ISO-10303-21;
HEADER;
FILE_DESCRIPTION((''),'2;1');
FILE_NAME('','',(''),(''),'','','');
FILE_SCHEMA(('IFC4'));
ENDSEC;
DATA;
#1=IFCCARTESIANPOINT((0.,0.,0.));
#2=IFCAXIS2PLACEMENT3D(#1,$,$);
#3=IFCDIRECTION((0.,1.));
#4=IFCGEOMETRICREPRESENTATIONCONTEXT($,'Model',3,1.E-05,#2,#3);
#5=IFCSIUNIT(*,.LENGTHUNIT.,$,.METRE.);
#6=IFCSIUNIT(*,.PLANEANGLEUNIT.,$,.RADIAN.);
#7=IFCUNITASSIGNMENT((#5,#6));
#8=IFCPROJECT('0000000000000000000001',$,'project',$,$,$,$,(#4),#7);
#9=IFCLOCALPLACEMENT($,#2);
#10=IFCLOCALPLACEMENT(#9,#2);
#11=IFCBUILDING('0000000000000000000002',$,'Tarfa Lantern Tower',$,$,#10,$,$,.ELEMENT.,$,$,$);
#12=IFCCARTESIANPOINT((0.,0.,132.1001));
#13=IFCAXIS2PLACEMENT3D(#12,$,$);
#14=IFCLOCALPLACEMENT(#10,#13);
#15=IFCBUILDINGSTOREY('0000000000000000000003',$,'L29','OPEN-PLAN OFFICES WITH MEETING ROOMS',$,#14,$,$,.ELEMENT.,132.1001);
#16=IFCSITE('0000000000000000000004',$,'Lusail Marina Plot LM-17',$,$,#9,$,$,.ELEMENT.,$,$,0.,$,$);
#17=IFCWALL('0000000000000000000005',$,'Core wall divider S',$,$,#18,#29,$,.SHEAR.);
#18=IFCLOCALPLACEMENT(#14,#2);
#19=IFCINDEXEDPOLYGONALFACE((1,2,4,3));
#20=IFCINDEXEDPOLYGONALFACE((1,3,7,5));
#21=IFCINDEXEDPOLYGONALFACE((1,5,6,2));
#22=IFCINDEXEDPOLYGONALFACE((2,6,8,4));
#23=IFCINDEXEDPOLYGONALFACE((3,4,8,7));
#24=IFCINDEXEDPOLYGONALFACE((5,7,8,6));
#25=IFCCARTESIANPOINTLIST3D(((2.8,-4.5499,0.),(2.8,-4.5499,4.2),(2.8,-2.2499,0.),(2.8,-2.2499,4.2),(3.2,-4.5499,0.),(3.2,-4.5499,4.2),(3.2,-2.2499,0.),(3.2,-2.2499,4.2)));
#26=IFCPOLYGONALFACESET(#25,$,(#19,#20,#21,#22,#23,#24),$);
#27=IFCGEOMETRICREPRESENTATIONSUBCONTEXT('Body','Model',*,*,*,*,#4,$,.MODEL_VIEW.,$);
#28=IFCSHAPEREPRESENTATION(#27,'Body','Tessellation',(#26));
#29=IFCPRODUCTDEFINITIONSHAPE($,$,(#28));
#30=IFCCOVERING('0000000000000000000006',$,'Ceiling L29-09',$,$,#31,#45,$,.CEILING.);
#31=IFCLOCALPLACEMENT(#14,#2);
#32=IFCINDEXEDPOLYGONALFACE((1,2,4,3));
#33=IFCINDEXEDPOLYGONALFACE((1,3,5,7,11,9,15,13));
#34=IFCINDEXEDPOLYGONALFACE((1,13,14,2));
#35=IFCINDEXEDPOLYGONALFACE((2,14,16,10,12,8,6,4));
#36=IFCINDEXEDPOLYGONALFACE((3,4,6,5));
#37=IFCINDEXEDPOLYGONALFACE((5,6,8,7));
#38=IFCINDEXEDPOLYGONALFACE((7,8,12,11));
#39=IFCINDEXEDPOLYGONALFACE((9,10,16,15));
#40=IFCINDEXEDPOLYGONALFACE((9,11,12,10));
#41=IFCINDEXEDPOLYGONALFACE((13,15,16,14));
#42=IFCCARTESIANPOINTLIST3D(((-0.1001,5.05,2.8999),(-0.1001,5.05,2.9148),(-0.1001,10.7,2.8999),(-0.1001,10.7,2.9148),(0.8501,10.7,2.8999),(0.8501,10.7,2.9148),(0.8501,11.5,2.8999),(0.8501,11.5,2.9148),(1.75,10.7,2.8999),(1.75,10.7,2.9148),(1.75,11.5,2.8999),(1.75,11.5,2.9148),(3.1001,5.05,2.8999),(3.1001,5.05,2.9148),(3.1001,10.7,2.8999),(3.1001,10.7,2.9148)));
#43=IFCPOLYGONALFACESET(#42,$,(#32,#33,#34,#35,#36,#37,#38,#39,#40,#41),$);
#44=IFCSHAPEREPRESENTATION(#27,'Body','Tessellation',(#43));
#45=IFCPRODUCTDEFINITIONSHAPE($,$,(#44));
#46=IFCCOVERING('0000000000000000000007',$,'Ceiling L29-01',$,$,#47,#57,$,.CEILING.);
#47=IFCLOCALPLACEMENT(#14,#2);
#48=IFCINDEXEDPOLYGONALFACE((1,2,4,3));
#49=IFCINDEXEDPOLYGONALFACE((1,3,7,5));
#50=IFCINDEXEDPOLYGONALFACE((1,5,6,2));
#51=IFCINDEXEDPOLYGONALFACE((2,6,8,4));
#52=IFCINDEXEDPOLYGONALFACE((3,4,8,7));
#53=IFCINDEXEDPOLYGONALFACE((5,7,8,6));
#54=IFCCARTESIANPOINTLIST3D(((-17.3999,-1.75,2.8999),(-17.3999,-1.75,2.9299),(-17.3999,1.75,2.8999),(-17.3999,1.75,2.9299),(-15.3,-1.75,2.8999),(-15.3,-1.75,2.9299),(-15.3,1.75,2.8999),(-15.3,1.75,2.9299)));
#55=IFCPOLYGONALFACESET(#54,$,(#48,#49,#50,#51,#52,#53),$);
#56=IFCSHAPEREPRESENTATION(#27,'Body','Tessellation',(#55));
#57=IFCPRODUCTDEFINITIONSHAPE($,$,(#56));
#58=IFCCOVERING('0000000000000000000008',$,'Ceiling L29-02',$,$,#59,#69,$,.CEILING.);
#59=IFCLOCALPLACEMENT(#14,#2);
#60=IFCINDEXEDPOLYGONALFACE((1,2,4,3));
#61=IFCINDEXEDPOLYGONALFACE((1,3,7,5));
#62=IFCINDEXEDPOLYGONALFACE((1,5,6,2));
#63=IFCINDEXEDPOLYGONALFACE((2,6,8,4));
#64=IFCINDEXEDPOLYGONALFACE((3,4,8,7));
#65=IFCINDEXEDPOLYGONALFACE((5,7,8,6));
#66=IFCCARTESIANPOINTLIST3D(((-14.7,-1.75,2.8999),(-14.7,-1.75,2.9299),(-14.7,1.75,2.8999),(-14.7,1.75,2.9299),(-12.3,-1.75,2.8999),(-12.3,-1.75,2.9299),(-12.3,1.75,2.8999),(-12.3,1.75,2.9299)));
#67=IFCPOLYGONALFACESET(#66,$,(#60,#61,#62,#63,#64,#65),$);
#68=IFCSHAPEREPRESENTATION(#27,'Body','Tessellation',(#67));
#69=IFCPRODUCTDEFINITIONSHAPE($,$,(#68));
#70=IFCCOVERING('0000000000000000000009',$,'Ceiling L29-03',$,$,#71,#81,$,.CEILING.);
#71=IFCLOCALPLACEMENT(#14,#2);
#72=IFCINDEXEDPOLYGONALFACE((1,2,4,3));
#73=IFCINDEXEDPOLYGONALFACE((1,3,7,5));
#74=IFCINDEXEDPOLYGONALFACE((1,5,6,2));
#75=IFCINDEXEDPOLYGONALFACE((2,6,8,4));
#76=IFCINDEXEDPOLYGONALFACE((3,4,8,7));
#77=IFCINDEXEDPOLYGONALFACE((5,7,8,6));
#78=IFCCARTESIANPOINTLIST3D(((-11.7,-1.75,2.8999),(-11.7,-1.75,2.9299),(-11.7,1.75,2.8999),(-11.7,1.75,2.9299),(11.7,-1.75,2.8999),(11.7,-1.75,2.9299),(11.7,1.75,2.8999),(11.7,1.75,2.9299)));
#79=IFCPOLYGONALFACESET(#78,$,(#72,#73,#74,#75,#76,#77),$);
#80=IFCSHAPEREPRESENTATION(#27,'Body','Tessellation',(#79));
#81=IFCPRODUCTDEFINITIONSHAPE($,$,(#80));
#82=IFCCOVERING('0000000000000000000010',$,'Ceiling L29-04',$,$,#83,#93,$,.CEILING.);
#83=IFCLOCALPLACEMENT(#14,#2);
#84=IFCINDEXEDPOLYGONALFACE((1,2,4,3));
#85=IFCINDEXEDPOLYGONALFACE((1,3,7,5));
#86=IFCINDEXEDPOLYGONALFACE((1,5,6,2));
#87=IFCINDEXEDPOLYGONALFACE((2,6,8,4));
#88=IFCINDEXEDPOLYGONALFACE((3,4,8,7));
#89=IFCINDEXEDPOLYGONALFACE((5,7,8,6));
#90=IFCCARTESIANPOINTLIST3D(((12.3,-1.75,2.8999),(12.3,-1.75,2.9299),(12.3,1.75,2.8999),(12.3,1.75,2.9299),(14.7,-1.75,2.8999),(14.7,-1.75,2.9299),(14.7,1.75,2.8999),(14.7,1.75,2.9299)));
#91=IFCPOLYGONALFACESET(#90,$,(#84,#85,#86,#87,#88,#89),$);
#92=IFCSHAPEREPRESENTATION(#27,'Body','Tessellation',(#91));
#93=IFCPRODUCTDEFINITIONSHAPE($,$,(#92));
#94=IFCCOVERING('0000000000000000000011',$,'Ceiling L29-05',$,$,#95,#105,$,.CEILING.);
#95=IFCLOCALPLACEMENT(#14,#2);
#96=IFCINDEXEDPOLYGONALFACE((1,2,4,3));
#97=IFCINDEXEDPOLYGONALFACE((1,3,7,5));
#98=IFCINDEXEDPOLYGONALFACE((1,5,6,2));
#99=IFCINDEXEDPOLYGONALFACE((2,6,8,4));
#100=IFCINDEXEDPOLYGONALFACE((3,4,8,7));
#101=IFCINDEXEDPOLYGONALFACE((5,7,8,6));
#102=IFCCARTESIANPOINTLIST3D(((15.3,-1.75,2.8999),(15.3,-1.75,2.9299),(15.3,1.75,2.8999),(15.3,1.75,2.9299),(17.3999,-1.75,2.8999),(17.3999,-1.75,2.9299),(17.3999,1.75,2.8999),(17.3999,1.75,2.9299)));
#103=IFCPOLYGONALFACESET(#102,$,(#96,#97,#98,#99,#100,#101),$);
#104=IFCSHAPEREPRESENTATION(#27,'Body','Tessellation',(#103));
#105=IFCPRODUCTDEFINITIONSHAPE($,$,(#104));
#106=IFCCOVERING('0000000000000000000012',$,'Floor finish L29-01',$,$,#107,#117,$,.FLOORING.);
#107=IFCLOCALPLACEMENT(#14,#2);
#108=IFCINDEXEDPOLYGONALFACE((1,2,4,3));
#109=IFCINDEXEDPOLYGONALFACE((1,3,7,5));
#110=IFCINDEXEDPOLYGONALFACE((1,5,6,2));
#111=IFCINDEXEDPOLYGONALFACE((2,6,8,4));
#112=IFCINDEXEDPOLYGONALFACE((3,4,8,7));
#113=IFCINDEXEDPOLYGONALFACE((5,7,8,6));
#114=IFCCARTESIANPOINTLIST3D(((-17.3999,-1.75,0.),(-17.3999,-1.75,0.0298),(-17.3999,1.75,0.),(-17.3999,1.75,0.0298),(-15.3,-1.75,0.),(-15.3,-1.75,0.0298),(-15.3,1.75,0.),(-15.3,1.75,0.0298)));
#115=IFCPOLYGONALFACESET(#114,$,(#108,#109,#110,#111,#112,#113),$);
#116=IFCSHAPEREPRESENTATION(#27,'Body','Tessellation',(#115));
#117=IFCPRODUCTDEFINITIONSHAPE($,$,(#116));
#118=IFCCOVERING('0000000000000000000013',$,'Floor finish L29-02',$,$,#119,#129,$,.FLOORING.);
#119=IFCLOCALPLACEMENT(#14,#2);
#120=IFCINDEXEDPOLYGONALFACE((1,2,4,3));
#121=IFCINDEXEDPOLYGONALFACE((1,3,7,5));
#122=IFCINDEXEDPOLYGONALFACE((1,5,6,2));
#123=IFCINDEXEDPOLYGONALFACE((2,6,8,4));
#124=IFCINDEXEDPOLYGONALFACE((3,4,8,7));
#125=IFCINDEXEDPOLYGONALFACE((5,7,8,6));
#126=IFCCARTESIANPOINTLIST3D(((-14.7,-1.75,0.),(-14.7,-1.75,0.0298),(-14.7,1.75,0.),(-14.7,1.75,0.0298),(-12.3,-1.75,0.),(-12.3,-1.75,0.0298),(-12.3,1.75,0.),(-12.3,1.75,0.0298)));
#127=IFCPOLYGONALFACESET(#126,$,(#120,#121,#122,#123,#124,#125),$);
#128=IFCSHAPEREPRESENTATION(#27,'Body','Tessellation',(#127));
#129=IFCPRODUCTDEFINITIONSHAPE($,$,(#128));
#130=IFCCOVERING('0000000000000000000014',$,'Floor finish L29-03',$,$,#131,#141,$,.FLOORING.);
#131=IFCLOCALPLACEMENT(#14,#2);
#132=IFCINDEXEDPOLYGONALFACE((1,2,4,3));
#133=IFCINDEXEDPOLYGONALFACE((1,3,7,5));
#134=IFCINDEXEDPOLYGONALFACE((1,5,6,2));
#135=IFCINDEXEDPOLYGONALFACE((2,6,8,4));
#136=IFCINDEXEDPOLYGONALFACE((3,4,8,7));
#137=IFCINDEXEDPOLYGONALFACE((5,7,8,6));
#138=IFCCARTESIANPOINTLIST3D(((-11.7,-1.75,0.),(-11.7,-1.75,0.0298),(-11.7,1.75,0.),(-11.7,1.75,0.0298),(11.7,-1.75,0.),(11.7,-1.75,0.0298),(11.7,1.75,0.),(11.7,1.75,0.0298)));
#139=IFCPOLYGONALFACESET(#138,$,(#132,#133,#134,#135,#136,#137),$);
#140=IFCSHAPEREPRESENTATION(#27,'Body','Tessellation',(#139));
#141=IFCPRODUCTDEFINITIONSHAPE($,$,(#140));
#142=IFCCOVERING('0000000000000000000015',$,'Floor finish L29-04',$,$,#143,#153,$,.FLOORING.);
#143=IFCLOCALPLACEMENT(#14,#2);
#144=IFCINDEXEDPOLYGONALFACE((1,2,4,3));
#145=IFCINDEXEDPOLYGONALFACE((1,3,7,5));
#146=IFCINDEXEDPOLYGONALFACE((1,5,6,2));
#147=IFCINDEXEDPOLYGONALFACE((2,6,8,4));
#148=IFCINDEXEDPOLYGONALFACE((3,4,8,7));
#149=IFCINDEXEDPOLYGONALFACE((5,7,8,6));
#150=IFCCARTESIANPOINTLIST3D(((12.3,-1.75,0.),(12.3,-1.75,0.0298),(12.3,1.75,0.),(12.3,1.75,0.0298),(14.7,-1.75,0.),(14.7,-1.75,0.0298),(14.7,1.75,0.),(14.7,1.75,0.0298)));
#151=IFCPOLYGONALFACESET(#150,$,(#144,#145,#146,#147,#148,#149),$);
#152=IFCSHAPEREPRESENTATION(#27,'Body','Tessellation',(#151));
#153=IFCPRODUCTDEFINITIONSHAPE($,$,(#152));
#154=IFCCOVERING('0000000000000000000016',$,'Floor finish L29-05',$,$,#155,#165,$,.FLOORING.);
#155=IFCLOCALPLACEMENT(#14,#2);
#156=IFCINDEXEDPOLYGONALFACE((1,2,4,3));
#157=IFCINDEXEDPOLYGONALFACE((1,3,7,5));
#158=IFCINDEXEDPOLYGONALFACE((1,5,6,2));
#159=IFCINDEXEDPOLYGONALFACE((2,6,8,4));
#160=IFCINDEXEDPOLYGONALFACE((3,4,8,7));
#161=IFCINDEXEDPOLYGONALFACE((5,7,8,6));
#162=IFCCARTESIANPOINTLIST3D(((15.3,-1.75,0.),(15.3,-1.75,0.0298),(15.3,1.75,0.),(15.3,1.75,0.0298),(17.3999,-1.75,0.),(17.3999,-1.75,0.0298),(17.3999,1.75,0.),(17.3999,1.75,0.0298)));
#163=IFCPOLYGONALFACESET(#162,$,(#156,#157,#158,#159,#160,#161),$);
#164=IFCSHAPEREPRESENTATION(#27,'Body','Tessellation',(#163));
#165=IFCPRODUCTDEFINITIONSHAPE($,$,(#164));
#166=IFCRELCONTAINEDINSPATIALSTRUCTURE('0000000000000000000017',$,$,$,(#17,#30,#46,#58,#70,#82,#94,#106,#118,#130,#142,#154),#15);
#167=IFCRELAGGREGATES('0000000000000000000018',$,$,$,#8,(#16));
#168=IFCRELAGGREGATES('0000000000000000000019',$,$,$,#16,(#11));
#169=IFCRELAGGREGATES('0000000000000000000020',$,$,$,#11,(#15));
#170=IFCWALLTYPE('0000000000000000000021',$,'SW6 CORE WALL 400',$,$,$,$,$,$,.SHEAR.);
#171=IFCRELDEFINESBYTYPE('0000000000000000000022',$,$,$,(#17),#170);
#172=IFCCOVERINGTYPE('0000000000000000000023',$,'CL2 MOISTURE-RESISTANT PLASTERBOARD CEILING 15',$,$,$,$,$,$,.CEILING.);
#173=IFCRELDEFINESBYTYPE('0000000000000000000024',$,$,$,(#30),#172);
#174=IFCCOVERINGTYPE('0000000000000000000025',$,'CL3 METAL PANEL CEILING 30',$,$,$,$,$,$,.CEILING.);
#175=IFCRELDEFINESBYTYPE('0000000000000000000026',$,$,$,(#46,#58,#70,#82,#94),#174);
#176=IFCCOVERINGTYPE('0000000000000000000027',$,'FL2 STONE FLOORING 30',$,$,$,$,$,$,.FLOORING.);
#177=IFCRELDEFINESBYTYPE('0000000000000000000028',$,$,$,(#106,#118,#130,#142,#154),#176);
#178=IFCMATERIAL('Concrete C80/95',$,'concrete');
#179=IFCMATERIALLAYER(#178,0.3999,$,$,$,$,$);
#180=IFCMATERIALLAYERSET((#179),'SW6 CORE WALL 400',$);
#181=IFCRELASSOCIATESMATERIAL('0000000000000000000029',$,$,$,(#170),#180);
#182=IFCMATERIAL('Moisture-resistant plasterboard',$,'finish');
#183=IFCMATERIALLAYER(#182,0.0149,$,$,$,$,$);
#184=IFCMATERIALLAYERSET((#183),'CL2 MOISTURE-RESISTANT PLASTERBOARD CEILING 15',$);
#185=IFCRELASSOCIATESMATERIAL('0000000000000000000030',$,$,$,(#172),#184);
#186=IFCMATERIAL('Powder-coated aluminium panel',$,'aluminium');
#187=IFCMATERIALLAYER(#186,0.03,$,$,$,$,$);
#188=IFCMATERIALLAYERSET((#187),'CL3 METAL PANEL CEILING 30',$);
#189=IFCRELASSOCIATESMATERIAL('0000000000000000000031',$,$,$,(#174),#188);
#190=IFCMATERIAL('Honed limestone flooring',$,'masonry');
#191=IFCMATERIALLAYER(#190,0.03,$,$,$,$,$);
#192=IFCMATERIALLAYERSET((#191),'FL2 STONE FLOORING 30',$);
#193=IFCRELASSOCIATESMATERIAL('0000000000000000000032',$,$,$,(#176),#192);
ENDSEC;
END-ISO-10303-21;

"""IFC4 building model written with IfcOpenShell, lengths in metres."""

from ifc_helpers import new_model, si_unit, direction, frame, frame_2d, origin, place, context, subcontext, project, spatial, polyline, rectangle, outline, extrude, material, layer, layer_set, type_object, element, save


model = new_model("IFC4")

# Units and contexts
model_context = context("Model", 3, precision=1e-05, world=origin(), true_north=direction((0.0, 1.0)))
body_context = subcontext(model_context, "Body", "Model", "MODEL_VIEW")
ifc_project = project(units=[si_unit("LENGTHUNIT", "METRE"), si_unit("PLANEANGLEUNIT", "RADIAN")], contexts=[model_context])

# Site, building, storey
site_placement = place(None, origin())
site = spatial("IfcSite", under=ifc_project, at=site_placement, Name="Lusail Marina Plot LM-17", CompositionType="ELEMENT", RefElevation=0.0)
building_placement = place(site_placement, origin())
building = spatial("IfcBuilding", under=site, at=building_placement, Name="Tarfa Lantern Tower", CompositionType="ELEMENT")
storey_placement = place(building_placement, frame((0.0, 0.0, 132.1001)))
storey = spatial("IfcBuildingStorey", under=building, at=storey_placement, Name="L29", Description="OPEN-PLAN OFFICES WITH MEETING ROOMS", CompositionType="ELEMENT", Elevation=132.1001)

# Shared definitions
ifc_material_1 = material(Name="Concrete C80/95", Category="concrete")

# Wall
ifc_layer_1 = layer(ifc_material_1, 0.3999)
ifc_layer_set_1 = layer_set([ifc_layer_1], Name="SW6 CORE WALL 400")
wall_type_1 = type_object("IfcWallType", Name="SW6 CORE WALL 400", PredefinedType="SHEAR", material=ifc_layer_set_1)
for number, where, z_axis, x_axis, name in (
    (1, (3.0, -2.25, 0.0), (0.0, 0.0, 1.0), (0.0, -1.0, 0.0), "Core wall divider S"),
):
    element("IfcWall", number, at=place(storey_placement, frame(where, z_axis=z_axis, x_axis=x_axis)), inside=storey, type_object=wall_type_1, Name=name, PredefinedType="SHEAR", context=body_context, shape_type="SweptSolid", body=[
        extrude(rectangle(XDim=2.3, YDim=0.3999, at=frame_2d((1.1499, 0.0))), origin(), (0.0, 0.0, 1.0), 4.2),
    ])

# Coverings
ifc_material_2 = material(Name="Moisture-resistant plasterboard", Category="finish")
ifc_layer_2 = layer(ifc_material_2, 0.0149)
ifc_layer_set_2 = layer_set([ifc_layer_2], Name="CL2 MOISTURE-RESISTANT PLASTERBOARD CEILING 15")
covering_type_1 = type_object("IfcCoveringType", Name="CL2 MOISTURE-RESISTANT PLASTERBOARD CEILING 15", PredefinedType="CEILING", material=ifc_layer_set_2)
covering_1_placement = place(storey_placement, frame((0.0, 0.0, 2.8999)))
element("IfcCovering", 2, at=covering_1_placement, inside=storey, type_object=covering_type_1, Name="Ceiling L29-09", PredefinedType="CEILING", context=body_context, shape_type="SweptSolid", body=[
    extrude(outline(polyline([(0.8501, 10.7), (-0.1001, 10.7), (-0.1001, 5.05), (3.1001, 5.05), (3.1001, 10.7), (1.75, 10.7), (1.75, 11.5), (0.8501, 11.5), (0.8501, 10.7)])), origin(), (0.0, 0.0, 1.0), 0.0149),
])
ifc_material_3 = material(Name="Powder-coated aluminium panel", Category="aluminium")
ifc_layer_3 = layer(ifc_material_3, 0.03)
ifc_layer_set_3 = layer_set([ifc_layer_3], Name="CL3 METAL PANEL CEILING 30")
covering_type_2 = type_object("IfcCoveringType", Name="CL3 METAL PANEL CEILING 30", PredefinedType="CEILING", material=ifc_layer_set_3)
covering_2_placement = place(storey_placement, frame((0.0, 0.0, 2.8999)))
element("IfcCovering", 3, at=covering_2_placement, inside=storey, type_object=covering_type_2, Name="Ceiling L29-01", PredefinedType="CEILING", context=body_context, shape_type="SweptSolid", body=[
    extrude(outline(polyline([(-17.3999, -1.75), (-15.3, -1.75), (-15.3, 1.75), (-17.3999, 1.75), (-17.3999, -1.75)])), origin(), (0.0, 0.0, 1.0), 0.03),
])
covering_3_placement = place(storey_placement, frame((0.0, 0.0, 2.8999)))
element("IfcCovering", 4, at=covering_3_placement, inside=storey, type_object=covering_type_2, Name="Ceiling L29-02", PredefinedType="CEILING", context=body_context, shape_type="SweptSolid", body=[
    extrude(outline(polyline([(-14.7, -1.75), (-12.3, -1.75), (-12.3, 1.75), (-14.7, 1.75), (-14.7, -1.75)])), origin(), (0.0, 0.0, 1.0), 0.03),
])
covering_4_placement = place(storey_placement, frame((0.0, 0.0, 2.8999)))
element("IfcCovering", 5, at=covering_4_placement, inside=storey, type_object=covering_type_2, Name="Ceiling L29-03", PredefinedType="CEILING", context=body_context, shape_type="SweptSolid", body=[
    extrude(outline(polyline([(-11.7, -1.75), (11.7, -1.75), (11.7, 1.75), (-11.7, 1.75), (-11.7, -1.75)])), origin(), (0.0, 0.0, 1.0), 0.03),
])
covering_5_placement = place(storey_placement, frame((0.0, 0.0, 2.8999)))
element("IfcCovering", 6, at=covering_5_placement, inside=storey, type_object=covering_type_2, Name="Ceiling L29-04", PredefinedType="CEILING", context=body_context, shape_type="SweptSolid", body=[
    extrude(outline(polyline([(12.3, -1.75), (14.7, -1.75), (14.7, 1.75), (12.3, 1.75), (12.3, -1.75)])), origin(), (0.0, 0.0, 1.0), 0.03),
])
covering_6_placement = place(storey_placement, frame((0.0, 0.0, 2.8999)))
element("IfcCovering", 7, at=covering_6_placement, inside=storey, type_object=covering_type_2, Name="Ceiling L29-05", PredefinedType="CEILING", context=body_context, shape_type="SweptSolid", body=[
    extrude(outline(polyline([(15.3, -1.75), (17.3999, -1.75), (17.3999, 1.75), (15.3, 1.75), (15.3, -1.75)])), origin(), (0.0, 0.0, 1.0), 0.03),
])
ifc_material_4 = material(Name="Honed limestone flooring", Category="masonry")
ifc_layer_4 = layer(ifc_material_4, 0.03)
ifc_layer_set_4 = layer_set([ifc_layer_4], Name="FL2 STONE FLOORING 30")
covering_type_3 = type_object("IfcCoveringType", Name="FL2 STONE FLOORING 30", PredefinedType="FLOORING", material=ifc_layer_set_4)
covering_7_placement = place(storey_placement, origin())
element("IfcCovering", 8, at=covering_7_placement, inside=storey, type_object=covering_type_3, Name="Floor finish L29-01", PredefinedType="FLOORING", context=body_context, shape_type="SweptSolid", body=[
    extrude(outline(polyline([(-17.3999, -1.75), (-15.3, -1.75), (-15.3, 1.75), (-17.3999, 1.75), (-17.3999, -1.75)])), origin(), (0.0, 0.0, 1.0), 0.0298),
])
covering_8_placement = place(storey_placement, origin())
element("IfcCovering", 9, at=covering_8_placement, inside=storey, type_object=covering_type_3, Name="Floor finish L29-02", PredefinedType="FLOORING", context=body_context, shape_type="SweptSolid", body=[
    extrude(outline(polyline([(-14.7, -1.75), (-12.3, -1.75), (-12.3, 1.75), (-14.7, 1.75), (-14.7, -1.75)])), origin(), (0.0, 0.0, 1.0), 0.0298),
])
covering_9_placement = place(storey_placement, origin())
element("IfcCovering", 10, at=covering_9_placement, inside=storey, type_object=covering_type_3, Name="Floor finish L29-03", PredefinedType="FLOORING", context=body_context, shape_type="SweptSolid", body=[
    extrude(outline(polyline([(-11.7, -1.75), (11.7, -1.75), (11.7, 1.75), (-11.7, 1.75), (-11.7, -1.75)])), origin(), (0.0, 0.0, 1.0), 0.0298),
])
covering_10_placement = place(storey_placement, origin())
element("IfcCovering", 11, at=covering_10_placement, inside=storey, type_object=covering_type_3, Name="Floor finish L29-04", PredefinedType="FLOORING", context=body_context, shape_type="SweptSolid", body=[
    extrude(outline(polyline([(12.3, -1.75), (14.7, -1.75), (14.7, 1.75), (12.3, 1.75), (12.3, -1.75)])), origin(), (0.0, 0.0, 1.0), 0.0298),
])
covering_11_placement = place(storey_placement, origin())
element("IfcCovering", 12, at=covering_11_placement, inside=storey, type_object=covering_type_3, Name="Floor finish L29-05", PredefinedType="FLOORING", context=body_context, shape_type="SweptSolid", body=[
    extrude(outline(polyline([(15.3, -1.75), (17.3999, -1.75), (17.3999, 1.75), (15.3, 1.75), (15.3, -1.75)])), origin(), (0.0, 0.0, 1.0), 0.0298),
])

save(model, "model.ifc")
